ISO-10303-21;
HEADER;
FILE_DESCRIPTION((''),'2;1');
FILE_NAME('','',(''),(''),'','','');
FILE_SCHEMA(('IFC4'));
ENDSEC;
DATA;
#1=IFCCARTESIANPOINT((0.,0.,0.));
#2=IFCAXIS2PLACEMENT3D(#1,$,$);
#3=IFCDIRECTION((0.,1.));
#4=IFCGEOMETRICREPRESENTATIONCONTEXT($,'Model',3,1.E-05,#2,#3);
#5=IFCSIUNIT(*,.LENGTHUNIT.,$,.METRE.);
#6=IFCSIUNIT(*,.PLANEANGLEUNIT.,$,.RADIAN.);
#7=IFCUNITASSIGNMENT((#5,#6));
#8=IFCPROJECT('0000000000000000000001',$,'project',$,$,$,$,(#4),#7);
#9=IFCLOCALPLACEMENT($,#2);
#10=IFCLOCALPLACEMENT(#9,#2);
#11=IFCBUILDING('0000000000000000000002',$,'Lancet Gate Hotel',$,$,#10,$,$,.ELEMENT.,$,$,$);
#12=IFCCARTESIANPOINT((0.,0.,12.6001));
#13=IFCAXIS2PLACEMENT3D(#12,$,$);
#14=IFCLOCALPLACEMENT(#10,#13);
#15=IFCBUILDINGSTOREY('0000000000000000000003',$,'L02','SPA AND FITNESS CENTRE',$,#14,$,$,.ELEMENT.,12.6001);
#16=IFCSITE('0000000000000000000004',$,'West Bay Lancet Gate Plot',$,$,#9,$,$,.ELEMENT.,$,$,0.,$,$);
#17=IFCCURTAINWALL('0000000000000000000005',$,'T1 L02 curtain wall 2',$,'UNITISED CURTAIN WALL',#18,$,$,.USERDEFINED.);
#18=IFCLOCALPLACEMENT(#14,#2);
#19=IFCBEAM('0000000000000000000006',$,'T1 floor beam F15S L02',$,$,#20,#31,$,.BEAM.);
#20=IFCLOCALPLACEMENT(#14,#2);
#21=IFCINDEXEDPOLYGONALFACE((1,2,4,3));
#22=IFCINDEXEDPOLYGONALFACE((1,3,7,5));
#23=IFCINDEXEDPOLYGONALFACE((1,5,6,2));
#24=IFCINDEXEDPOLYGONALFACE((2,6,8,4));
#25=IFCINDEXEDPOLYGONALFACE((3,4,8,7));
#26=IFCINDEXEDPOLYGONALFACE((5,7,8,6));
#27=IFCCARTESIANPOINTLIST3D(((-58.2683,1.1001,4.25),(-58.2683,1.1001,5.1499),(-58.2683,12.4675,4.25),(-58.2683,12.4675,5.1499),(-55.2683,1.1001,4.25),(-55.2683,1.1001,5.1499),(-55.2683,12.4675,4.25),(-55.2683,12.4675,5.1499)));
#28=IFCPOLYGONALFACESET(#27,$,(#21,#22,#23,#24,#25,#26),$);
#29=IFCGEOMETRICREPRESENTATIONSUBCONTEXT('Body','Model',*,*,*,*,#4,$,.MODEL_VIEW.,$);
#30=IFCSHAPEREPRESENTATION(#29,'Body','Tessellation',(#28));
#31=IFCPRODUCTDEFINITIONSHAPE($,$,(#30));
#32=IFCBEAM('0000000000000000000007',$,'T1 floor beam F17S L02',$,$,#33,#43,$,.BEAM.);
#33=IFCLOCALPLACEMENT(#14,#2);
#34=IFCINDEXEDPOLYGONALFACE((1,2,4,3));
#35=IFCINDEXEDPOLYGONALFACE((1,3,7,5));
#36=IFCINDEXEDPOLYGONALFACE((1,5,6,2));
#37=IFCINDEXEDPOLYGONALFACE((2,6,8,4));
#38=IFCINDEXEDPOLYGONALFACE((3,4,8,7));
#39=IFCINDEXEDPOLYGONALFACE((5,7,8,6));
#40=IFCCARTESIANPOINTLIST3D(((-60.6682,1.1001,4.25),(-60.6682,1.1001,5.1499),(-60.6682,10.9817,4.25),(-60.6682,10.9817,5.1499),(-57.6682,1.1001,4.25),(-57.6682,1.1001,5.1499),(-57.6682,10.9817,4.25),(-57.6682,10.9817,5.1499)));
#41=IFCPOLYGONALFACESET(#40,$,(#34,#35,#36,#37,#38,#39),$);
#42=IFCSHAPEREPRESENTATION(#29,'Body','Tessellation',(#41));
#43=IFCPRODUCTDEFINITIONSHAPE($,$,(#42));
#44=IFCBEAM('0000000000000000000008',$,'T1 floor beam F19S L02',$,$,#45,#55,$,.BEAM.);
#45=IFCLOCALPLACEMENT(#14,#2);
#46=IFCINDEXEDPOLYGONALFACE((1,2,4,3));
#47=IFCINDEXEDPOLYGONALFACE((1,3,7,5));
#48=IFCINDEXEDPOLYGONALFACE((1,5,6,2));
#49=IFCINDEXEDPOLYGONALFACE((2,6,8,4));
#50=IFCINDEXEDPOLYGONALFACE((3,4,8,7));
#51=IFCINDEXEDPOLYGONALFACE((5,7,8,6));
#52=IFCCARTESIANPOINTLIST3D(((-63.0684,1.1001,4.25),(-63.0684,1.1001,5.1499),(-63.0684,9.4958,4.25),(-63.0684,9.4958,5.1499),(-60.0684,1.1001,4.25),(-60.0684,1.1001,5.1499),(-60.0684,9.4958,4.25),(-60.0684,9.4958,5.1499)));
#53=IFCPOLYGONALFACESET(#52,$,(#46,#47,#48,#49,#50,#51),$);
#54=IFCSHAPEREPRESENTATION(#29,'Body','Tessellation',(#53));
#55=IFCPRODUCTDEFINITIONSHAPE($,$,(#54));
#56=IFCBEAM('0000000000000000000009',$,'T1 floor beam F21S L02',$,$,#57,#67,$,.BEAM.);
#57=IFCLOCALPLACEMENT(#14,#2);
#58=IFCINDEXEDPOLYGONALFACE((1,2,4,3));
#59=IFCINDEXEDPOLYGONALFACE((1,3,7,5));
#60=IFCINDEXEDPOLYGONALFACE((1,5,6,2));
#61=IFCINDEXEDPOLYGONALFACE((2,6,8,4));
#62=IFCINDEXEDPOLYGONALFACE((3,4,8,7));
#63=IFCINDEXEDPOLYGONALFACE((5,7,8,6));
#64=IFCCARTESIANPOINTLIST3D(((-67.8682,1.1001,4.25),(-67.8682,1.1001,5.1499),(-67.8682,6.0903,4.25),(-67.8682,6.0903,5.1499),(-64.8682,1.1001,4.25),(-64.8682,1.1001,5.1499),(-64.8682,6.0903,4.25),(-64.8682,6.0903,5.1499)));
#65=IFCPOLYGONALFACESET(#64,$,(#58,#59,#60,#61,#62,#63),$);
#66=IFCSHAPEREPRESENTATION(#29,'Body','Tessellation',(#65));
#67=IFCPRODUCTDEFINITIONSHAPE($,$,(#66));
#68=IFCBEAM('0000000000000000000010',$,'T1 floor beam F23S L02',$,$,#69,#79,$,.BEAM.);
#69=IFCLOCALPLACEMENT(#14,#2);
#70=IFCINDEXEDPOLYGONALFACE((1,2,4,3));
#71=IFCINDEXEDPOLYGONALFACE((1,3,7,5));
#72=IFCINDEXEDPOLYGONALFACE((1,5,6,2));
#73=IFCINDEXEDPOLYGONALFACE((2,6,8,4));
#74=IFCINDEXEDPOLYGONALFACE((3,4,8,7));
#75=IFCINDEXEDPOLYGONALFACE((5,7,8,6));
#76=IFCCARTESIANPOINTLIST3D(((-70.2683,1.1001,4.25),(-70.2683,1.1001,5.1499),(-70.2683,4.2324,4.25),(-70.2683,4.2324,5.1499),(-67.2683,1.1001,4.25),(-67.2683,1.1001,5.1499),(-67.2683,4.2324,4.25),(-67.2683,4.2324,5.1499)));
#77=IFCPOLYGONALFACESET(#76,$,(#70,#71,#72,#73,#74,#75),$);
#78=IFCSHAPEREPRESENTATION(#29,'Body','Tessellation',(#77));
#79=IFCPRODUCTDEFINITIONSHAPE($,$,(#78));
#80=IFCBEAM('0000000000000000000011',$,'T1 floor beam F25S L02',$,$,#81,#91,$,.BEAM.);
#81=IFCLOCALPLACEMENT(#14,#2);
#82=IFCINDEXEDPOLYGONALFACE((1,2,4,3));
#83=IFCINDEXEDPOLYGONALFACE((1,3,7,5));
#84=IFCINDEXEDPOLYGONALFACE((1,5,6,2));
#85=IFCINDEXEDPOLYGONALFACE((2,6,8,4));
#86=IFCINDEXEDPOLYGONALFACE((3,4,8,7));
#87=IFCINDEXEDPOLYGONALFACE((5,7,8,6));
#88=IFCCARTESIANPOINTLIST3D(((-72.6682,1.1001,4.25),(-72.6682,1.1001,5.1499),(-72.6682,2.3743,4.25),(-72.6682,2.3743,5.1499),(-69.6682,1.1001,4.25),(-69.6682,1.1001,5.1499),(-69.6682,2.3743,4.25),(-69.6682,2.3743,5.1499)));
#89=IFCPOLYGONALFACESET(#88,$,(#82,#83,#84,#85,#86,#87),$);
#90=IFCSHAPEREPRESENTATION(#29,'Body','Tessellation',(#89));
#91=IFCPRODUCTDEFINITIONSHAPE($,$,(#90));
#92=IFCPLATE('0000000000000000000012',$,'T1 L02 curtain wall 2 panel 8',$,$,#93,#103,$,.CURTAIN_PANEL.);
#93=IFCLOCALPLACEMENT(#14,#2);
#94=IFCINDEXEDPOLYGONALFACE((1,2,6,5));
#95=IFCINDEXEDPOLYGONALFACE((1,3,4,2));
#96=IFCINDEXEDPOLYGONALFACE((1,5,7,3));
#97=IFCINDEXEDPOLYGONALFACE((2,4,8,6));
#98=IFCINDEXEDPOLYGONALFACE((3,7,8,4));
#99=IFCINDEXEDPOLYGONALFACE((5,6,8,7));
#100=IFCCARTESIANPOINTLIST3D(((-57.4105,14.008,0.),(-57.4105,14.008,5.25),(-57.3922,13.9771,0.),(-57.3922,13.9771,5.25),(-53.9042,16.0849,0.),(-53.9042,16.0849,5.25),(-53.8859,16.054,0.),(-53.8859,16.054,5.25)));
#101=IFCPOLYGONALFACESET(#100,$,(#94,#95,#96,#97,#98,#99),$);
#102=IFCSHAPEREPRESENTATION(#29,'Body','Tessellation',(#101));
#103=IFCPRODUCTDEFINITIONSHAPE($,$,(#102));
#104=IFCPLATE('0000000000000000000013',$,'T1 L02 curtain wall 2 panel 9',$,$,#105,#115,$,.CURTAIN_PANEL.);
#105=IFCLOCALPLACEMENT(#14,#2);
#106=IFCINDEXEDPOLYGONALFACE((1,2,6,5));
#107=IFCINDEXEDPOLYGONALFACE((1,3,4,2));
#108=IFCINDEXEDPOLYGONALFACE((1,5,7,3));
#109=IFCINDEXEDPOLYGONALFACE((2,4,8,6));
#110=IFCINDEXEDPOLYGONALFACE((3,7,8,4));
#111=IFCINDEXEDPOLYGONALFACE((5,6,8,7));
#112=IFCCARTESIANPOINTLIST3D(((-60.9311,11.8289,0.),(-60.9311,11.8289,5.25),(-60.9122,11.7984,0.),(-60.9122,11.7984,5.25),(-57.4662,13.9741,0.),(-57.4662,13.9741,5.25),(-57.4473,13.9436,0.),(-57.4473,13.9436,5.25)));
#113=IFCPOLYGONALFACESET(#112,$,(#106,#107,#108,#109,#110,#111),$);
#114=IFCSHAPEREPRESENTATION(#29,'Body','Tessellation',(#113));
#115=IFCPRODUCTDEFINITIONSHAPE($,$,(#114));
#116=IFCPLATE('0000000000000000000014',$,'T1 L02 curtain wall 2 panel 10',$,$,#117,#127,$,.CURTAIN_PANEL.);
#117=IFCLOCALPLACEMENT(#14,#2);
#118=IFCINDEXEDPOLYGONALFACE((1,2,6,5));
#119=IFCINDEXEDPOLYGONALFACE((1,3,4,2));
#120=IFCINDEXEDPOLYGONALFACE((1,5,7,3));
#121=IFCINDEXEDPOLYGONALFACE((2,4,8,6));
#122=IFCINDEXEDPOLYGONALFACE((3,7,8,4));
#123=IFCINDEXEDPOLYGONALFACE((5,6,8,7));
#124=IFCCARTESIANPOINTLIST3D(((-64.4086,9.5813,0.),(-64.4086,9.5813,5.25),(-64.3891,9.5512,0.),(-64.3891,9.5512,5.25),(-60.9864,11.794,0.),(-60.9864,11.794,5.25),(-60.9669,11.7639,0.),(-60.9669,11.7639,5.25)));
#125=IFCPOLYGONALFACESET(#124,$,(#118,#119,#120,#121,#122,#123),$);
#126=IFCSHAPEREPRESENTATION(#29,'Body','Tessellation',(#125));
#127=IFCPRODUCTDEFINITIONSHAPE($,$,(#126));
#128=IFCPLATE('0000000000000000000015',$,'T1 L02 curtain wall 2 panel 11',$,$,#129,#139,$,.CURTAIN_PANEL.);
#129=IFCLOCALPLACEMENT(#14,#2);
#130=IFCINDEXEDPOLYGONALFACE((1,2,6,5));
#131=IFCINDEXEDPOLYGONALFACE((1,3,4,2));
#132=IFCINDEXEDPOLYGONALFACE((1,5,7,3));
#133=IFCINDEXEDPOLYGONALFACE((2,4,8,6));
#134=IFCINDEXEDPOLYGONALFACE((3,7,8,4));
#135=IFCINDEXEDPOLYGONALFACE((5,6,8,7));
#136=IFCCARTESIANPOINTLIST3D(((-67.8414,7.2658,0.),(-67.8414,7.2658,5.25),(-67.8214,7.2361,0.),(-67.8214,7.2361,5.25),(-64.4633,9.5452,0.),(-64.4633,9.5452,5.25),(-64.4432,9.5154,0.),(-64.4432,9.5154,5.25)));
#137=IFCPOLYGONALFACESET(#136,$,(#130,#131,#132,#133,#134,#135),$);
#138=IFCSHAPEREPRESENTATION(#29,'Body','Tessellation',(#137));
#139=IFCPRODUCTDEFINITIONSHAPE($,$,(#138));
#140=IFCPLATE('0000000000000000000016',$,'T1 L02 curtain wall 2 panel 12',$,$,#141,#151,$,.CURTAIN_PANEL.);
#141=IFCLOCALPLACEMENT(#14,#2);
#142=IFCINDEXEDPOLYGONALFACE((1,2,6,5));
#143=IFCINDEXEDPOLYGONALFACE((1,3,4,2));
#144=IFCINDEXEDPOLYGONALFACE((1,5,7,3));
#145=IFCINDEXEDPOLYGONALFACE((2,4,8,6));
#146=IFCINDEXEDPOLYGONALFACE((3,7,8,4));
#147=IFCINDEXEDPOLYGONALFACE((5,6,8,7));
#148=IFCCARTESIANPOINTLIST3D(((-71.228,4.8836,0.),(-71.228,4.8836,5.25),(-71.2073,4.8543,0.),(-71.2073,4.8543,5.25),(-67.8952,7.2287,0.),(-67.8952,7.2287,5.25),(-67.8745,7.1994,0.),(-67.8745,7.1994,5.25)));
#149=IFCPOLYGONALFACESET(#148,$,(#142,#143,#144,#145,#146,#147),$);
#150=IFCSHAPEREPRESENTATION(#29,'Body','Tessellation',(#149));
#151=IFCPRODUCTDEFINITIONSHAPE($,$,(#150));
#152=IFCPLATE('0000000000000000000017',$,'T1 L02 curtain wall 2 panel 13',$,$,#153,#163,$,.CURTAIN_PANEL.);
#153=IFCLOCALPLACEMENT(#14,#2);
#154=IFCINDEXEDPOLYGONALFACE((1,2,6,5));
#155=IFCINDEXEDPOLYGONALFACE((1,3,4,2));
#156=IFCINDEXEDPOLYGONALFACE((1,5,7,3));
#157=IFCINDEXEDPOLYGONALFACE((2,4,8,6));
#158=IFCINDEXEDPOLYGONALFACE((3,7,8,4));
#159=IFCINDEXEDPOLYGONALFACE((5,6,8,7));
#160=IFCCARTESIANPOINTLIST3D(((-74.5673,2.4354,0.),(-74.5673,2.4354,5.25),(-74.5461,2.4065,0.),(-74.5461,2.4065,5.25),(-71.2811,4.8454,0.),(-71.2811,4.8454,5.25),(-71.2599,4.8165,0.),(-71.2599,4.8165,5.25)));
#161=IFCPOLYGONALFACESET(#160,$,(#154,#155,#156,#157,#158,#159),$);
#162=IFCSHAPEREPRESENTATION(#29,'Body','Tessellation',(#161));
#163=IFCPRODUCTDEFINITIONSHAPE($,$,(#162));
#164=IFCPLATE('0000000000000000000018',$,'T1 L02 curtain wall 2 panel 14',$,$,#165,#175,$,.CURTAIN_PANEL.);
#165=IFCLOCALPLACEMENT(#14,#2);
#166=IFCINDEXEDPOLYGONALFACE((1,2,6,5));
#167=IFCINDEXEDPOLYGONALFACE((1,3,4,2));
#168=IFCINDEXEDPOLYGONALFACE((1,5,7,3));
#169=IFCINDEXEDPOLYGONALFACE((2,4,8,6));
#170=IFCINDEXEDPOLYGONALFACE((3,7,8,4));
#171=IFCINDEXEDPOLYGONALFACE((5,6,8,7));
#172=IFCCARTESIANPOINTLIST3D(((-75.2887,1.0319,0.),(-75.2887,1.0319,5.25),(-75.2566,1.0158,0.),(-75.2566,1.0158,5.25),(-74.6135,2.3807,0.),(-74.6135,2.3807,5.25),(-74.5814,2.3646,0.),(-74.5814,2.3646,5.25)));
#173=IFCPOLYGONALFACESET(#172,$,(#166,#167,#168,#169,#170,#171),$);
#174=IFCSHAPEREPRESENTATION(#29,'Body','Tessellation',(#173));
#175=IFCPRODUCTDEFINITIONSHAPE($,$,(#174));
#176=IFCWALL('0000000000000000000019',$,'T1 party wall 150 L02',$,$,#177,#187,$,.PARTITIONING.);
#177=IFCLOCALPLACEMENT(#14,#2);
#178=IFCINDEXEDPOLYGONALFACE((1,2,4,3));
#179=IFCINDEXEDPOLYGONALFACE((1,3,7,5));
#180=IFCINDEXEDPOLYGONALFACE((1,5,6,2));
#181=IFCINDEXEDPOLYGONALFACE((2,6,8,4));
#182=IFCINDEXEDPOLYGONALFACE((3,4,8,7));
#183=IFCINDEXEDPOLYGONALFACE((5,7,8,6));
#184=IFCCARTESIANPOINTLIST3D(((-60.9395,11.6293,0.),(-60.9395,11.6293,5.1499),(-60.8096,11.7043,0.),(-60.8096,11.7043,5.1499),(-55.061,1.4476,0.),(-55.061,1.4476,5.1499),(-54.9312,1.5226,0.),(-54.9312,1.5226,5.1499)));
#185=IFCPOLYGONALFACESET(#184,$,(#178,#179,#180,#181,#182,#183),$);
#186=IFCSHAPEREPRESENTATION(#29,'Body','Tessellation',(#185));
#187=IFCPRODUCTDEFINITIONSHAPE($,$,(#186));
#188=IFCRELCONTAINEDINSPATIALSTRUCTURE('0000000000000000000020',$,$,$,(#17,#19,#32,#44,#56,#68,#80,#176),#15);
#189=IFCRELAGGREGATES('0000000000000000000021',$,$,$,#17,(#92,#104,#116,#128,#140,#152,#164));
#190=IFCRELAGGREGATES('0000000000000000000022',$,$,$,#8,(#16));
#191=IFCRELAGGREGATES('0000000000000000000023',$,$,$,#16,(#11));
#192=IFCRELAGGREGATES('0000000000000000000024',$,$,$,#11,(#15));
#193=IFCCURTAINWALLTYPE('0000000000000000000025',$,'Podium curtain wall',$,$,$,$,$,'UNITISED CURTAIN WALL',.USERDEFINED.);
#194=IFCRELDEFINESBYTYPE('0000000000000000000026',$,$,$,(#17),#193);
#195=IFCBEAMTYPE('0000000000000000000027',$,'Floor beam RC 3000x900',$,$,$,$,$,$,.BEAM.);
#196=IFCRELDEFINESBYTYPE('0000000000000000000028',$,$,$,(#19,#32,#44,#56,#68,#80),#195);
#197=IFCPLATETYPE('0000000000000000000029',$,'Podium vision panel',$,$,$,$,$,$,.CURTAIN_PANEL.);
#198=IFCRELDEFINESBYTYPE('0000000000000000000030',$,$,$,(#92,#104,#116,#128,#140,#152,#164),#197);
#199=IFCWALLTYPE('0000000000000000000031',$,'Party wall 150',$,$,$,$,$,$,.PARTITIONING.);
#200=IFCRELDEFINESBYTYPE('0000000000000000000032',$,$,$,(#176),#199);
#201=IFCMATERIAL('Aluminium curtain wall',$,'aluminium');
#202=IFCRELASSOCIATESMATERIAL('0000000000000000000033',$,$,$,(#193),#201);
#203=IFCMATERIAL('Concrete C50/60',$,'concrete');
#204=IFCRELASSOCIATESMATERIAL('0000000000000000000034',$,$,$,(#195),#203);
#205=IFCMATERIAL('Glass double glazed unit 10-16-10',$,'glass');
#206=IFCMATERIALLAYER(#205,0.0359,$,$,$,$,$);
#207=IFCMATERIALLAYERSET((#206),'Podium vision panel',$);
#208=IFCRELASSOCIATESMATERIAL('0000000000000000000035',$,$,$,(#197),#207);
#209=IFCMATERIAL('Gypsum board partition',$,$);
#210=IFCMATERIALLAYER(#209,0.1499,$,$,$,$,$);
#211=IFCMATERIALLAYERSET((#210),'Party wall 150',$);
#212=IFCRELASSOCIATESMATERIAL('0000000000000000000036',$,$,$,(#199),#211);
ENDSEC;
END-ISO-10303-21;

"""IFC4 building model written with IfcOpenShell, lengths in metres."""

from ifc_helpers import new_model, si_unit, direction, frame, frame_2d, origin, origin_2d, place, context, subcontext, project, spatial, rectangle, extrude, material, layer, layer_set, material_profile, profile_set, type_object, element, aggregate, save


model = new_model("IFC4")

# Units and contexts
model_context = context("Model", 3, precision=1e-05, world=origin(), true_north=direction((0.0, 1.0)))
body_context = subcontext(model_context, "Body", "Model", "MODEL_VIEW")
ifc_project = project(units=[si_unit("LENGTHUNIT", "METRE"), si_unit("PLANEANGLEUNIT", "RADIAN")], contexts=[model_context])

# Site, building, storey
site_placement = place(None, origin())
site = spatial("IfcSite", under=ifc_project, at=site_placement, Name="West Bay Lancet Gate Plot", CompositionType="ELEMENT", RefElevation=0.0)
building_placement = place(site_placement, origin())
building = spatial("IfcBuilding", under=site, at=building_placement, Name="Lancet Gate Hotel", CompositionType="ELEMENT")
storey_placement = place(building_placement, frame((0.0, 0.0, 12.6001)))
storey = spatial("IfcBuildingStorey", under=building, at=storey_placement, Name="L02", Description="SPA AND FITNESS CENTRE", CompositionType="ELEMENT", Elevation=12.6001)

# Curtain wall
ifc_material_1 = material(Name="Aluminium curtain wall", Category="aluminium")
curtain_wall_type = type_object("IfcCurtainWallType", Name="Podium curtain wall", ElementType="UNITISED CURTAIN WALL", PredefinedType="USERDEFINED", material=ifc_material_1)
curtain_wall_placement = place(storey_placement, origin())
curtain_wall = element("IfcCurtainWall", 1, at=curtain_wall_placement, inside=storey, type_object=curtain_wall_type, Name="T1 L02 curtain wall 2", ObjectType="UNITISED CURTAIN WALL", PredefinedType="USERDEFINED")

# Beams
ifc_material_2 = material(Name="Concrete C50/60", Category="concrete")
ifc_material_profile_1 = material_profile(ifc_material_2, rectangle(XDim=3.0, YDim=0.8999, at=origin_2d()), Name="RC 3000x900")
ifc_profile_set_1 = profile_set([ifc_material_profile_1], Name="Concrete C50/60")
beam_type_1 = type_object("IfcBeamType", Name="Floor beam RC 3000x900", PredefinedType="BEAM", material=ifc_profile_set_1)
beam_1_placement = place(storey_placement, frame((-56.7683, 12.4675, 4.7), z_axis=(0.0, -1.0, 0.0), x_axis=(1.0, 0.0, 0.0)))
element("IfcBeam", 2, at=beam_1_placement, inside=storey, type_object=beam_type_1, Name="T1 floor beam F15S L02", PredefinedType="BEAM", context=body_context, shape_type="SweptSolid", body=[
    extrude(rectangle(XDim=3.0, YDim=0.8999, at=origin_2d()), origin(), (0.0, 0.0, 1.0), 11.3674),
])
beam_2_placement = place(storey_placement, frame((-59.1682, 10.9817, 4.7), z_axis=(0.0, -1.0, 0.0), x_axis=(1.0, 0.0, 0.0)))
element("IfcBeam", 3, at=beam_2_placement, inside=storey, type_object=beam_type_1, Name="T1 floor beam F17S L02", PredefinedType="BEAM", context=body_context, shape_type="SweptSolid", body=[
    extrude(rectangle(XDim=3.0, YDim=0.8999, at=origin_2d()), origin(), (0.0, 0.0, 1.0), 9.8816),
])
beam_3_placement = place(storey_placement, frame((-61.5684, 9.4958, 4.7), z_axis=(0.0, -1.0, 0.0), x_axis=(1.0, 0.0, 0.0)))
element("IfcBeam", 4, at=beam_3_placement, inside=storey, type_object=beam_type_1, Name="T1 floor beam F19S L02", PredefinedType="BEAM", context=body_context, shape_type="SweptSolid", body=[
    extrude(rectangle(XDim=3.0, YDim=0.8999, at=origin_2d()), origin(), (0.0, 0.0, 1.0), 8.3958),
])
beam_4_placement = place(storey_placement, frame((-66.3682, 6.0903, 4.7), z_axis=(0.0, -1.0, 0.0), x_axis=(1.0, 0.0, 0.0)))
element("IfcBeam", 5, at=beam_4_placement, inside=storey, type_object=beam_type_1, Name="T1 floor beam F21S L02", PredefinedType="BEAM", context=body_context, shape_type="SweptSolid", body=[
    extrude(rectangle(XDim=3.0, YDim=0.8999, at=origin_2d()), origin(), (0.0, 0.0, 1.0), 4.9902),
])
beam_5_placement = place(storey_placement, frame((-68.7683, 4.2324, 4.7), z_axis=(0.0, -1.0, 0.0), x_axis=(1.0, 0.0, 0.0)))
element("IfcBeam", 6, at=beam_5_placement, inside=storey, type_object=beam_type_1, Name="T1 floor beam F23S L02", PredefinedType="BEAM", context=body_context, shape_type="SweptSolid", body=[
    extrude(rectangle(XDim=3.0, YDim=0.8999, at=origin_2d()), origin(), (0.0, 0.0, 1.0), 3.1323),
])
beam_6_placement = place(storey_placement, frame((-71.1682, 2.3743, 4.7), z_axis=(0.0, -1.0, 0.0), x_axis=(1.0, 0.0, 0.0)))
element("IfcBeam", 7, at=beam_6_placement, inside=storey, type_object=beam_type_1, Name="T1 floor beam F25S L02", PredefinedType="BEAM", context=body_context, shape_type="SweptSolid", body=[
    extrude(rectangle(XDim=3.0, YDim=0.8999, at=origin_2d()), origin(), (0.0, 0.0, 1.0), 1.2742),
])

# Plates
ifc_material_3 = material(Name="Glass double glazed unit 10-16-10", Category="glass")
ifc_layer_1 = layer(ifc_material_3, 0.0359)
ifc_layer_set_1 = layer_set([ifc_layer_1], Name="Podium vision panel")
plate_type = type_object("IfcPlateType", Name="Podium vision panel", PredefinedType="CURTAIN_PANEL", material=ifc_layer_set_1)
plate_1_placement = place(storey_placement, frame((-55.6482, 15.031, 0.0), z_axis=(0.0, 0.0, 1.0), x_axis=(-0.860382, -0.50965, 0.0)))
plate_1 = element("IfcPlate", 8, at=plate_1_placement, type_object=plate_type, Name="T1 L02 curtain wall 2 panel 8", PredefinedType="CURTAIN_PANEL", context=body_context, shape_type="SweptSolid", body=[
    extrude(rectangle(XDim=4.0752, YDim=0.0359, at=origin_2d()), origin(), (0.0, 0.0, 1.0), 5.25),
])
plate_2_placement = place(storey_placement, frame((-59.1892, 12.8862, 0.0), z_axis=(0.0, 0.0, 1.0), x_axis=(-0.850229, -0.526414, 0.0)))
plate_2 = element("IfcPlate", 9, at=plate_2_placement, type_object=plate_type, Name="T1 L02 curtain wall 2 panel 9", PredefinedType="CURTAIN_PANEL", context=body_context, shape_type="SweptSolid", body=[
    extrude(rectangle(XDim=4.0752, YDim=0.0359, at=origin_2d()), origin(), (0.0, 0.0, 1.0), 5.25),
])
plate_3_placement = place(storey_placement, frame((-62.6877, 10.6726, 0.0), z_axis=(0.0, 0.0, 1.0), x_axis=(-0.839749, -0.542975, 0.0)))
plate_3 = element("IfcPlate", 10, at=plate_3_placement, type_object=plate_type, Name="T1 L02 curtain wall 2 panel 10", PredefinedType="CURTAIN_PANEL", context=body_context, shape_type="SweptSolid", body=[
    extrude(rectangle(XDim=4.0752, YDim=0.0359, at=origin_2d()), origin(), (0.0, 0.0, 1.0), 5.25),
])
plate_4_placement = place(storey_placement, frame((-66.1423, 8.3906, 0.0), z_axis=(0.0, 0.0, 1.0), x_axis=(-0.828946, -0.559329, 0.0)))
plate_4 = element("IfcPlate", 11, at=plate_4_placement, type_object=plate_type, Name="T1 L02 curtain wall 2 panel 11", PredefinedType="CURTAIN_PANEL", context=body_context, shape_type="SweptSolid", body=[
    extrude(rectangle(XDim=4.0752, YDim=0.0359, at=origin_2d()), origin(), (0.0, 0.0, 1.0), 5.25),
])
plate_5_placement = place(storey_placement, frame((-69.5513, 6.0415, 0.0), z_axis=(0.0, 0.0, 1.0), x_axis=(-0.817825, -0.575467, 0.0)))
plate_5 = element("IfcPlate", 12, at=plate_5_placement, type_object=plate_type, Name="T1 L02 curtain wall 2 panel 12", PredefinedType="CURTAIN_PANEL", context=body_context, shape_type="SweptSolid", body=[
    extrude(rectangle(XDim=4.0752, YDim=0.0359, at=origin_2d()), origin(), (0.0, 0.0, 1.0), 5.25),
])
plate_6_placement = place(storey_placement, frame((-72.9136, 3.626, 0.0), z_axis=(0.0, 0.0, 1.0), x_axis=(-0.80639, -0.591384, 0.0)))
plate_6 = element("IfcPlate", 13, at=plate_6_placement, type_object=plate_type, Name="T1 L02 curtain wall 2 panel 13", PredefinedType="CURTAIN_PANEL", context=body_context, shape_type="SweptSolid", body=[
    extrude(rectangle(XDim=4.0752, YDim=0.0359, at=origin_2d()), origin(), (0.0, 0.0, 1.0), 5.25),
])
plate_7_placement = place(storey_placement, frame((-74.9351, 1.6982, 0.0), z_axis=(0.0, 0.0, 1.0), x_axis=(-0.447628, -0.89422, 0.0)))
plate_7 = element("IfcPlate", 14, at=plate_7_placement, type_object=plate_type, Name="T1 L02 curtain wall 2 panel 14", PredefinedType="CURTAIN_PANEL", context=body_context, shape_type="SweptSolid", body=[
    extrude(rectangle(XDim=1.5083, YDim=0.0359, at=origin_2d()), origin(), (0.0, 0.0, 1.0), 5.25),
])
aggregate(curtain_wall, [plate_1, plate_2, plate_3, plate_4, plate_5, plate_6, plate_7])

# Wall
ifc_material_4 = material(Name="Gypsum board partition")
ifc_layer_2 = layer(ifc_material_4, 0.1499)
ifc_layer_set_2 = layer_set([ifc_layer_2], Name="Party wall 150")
wall_type = type_object("IfcWallType", Name="Party wall 150", PredefinedType="PARTITIONING", material=ifc_layer_set_2)
wall_placement = place(storey_placement, frame((-54.9961, 1.4851, 0.0), z_axis=(0.0, 0.0, 1.0), x_axis=(-0.500003, 0.866024, 0.0)))
element("IfcWall", 15, at=wall_placement, inside=storey, type_object=wall_type, Name="T1 party wall 150 L02", PredefinedType="PARTITIONING", context=body_context, shape_type="SweptSolid", body=[
    extrude(rectangle(XDim=11.7568, YDim=0.1499, at=frame_2d((5.8784, 0.0))), origin(), (0.0, 0.0, 1.0), 5.1499),
])

save(model, "model.ifc")
